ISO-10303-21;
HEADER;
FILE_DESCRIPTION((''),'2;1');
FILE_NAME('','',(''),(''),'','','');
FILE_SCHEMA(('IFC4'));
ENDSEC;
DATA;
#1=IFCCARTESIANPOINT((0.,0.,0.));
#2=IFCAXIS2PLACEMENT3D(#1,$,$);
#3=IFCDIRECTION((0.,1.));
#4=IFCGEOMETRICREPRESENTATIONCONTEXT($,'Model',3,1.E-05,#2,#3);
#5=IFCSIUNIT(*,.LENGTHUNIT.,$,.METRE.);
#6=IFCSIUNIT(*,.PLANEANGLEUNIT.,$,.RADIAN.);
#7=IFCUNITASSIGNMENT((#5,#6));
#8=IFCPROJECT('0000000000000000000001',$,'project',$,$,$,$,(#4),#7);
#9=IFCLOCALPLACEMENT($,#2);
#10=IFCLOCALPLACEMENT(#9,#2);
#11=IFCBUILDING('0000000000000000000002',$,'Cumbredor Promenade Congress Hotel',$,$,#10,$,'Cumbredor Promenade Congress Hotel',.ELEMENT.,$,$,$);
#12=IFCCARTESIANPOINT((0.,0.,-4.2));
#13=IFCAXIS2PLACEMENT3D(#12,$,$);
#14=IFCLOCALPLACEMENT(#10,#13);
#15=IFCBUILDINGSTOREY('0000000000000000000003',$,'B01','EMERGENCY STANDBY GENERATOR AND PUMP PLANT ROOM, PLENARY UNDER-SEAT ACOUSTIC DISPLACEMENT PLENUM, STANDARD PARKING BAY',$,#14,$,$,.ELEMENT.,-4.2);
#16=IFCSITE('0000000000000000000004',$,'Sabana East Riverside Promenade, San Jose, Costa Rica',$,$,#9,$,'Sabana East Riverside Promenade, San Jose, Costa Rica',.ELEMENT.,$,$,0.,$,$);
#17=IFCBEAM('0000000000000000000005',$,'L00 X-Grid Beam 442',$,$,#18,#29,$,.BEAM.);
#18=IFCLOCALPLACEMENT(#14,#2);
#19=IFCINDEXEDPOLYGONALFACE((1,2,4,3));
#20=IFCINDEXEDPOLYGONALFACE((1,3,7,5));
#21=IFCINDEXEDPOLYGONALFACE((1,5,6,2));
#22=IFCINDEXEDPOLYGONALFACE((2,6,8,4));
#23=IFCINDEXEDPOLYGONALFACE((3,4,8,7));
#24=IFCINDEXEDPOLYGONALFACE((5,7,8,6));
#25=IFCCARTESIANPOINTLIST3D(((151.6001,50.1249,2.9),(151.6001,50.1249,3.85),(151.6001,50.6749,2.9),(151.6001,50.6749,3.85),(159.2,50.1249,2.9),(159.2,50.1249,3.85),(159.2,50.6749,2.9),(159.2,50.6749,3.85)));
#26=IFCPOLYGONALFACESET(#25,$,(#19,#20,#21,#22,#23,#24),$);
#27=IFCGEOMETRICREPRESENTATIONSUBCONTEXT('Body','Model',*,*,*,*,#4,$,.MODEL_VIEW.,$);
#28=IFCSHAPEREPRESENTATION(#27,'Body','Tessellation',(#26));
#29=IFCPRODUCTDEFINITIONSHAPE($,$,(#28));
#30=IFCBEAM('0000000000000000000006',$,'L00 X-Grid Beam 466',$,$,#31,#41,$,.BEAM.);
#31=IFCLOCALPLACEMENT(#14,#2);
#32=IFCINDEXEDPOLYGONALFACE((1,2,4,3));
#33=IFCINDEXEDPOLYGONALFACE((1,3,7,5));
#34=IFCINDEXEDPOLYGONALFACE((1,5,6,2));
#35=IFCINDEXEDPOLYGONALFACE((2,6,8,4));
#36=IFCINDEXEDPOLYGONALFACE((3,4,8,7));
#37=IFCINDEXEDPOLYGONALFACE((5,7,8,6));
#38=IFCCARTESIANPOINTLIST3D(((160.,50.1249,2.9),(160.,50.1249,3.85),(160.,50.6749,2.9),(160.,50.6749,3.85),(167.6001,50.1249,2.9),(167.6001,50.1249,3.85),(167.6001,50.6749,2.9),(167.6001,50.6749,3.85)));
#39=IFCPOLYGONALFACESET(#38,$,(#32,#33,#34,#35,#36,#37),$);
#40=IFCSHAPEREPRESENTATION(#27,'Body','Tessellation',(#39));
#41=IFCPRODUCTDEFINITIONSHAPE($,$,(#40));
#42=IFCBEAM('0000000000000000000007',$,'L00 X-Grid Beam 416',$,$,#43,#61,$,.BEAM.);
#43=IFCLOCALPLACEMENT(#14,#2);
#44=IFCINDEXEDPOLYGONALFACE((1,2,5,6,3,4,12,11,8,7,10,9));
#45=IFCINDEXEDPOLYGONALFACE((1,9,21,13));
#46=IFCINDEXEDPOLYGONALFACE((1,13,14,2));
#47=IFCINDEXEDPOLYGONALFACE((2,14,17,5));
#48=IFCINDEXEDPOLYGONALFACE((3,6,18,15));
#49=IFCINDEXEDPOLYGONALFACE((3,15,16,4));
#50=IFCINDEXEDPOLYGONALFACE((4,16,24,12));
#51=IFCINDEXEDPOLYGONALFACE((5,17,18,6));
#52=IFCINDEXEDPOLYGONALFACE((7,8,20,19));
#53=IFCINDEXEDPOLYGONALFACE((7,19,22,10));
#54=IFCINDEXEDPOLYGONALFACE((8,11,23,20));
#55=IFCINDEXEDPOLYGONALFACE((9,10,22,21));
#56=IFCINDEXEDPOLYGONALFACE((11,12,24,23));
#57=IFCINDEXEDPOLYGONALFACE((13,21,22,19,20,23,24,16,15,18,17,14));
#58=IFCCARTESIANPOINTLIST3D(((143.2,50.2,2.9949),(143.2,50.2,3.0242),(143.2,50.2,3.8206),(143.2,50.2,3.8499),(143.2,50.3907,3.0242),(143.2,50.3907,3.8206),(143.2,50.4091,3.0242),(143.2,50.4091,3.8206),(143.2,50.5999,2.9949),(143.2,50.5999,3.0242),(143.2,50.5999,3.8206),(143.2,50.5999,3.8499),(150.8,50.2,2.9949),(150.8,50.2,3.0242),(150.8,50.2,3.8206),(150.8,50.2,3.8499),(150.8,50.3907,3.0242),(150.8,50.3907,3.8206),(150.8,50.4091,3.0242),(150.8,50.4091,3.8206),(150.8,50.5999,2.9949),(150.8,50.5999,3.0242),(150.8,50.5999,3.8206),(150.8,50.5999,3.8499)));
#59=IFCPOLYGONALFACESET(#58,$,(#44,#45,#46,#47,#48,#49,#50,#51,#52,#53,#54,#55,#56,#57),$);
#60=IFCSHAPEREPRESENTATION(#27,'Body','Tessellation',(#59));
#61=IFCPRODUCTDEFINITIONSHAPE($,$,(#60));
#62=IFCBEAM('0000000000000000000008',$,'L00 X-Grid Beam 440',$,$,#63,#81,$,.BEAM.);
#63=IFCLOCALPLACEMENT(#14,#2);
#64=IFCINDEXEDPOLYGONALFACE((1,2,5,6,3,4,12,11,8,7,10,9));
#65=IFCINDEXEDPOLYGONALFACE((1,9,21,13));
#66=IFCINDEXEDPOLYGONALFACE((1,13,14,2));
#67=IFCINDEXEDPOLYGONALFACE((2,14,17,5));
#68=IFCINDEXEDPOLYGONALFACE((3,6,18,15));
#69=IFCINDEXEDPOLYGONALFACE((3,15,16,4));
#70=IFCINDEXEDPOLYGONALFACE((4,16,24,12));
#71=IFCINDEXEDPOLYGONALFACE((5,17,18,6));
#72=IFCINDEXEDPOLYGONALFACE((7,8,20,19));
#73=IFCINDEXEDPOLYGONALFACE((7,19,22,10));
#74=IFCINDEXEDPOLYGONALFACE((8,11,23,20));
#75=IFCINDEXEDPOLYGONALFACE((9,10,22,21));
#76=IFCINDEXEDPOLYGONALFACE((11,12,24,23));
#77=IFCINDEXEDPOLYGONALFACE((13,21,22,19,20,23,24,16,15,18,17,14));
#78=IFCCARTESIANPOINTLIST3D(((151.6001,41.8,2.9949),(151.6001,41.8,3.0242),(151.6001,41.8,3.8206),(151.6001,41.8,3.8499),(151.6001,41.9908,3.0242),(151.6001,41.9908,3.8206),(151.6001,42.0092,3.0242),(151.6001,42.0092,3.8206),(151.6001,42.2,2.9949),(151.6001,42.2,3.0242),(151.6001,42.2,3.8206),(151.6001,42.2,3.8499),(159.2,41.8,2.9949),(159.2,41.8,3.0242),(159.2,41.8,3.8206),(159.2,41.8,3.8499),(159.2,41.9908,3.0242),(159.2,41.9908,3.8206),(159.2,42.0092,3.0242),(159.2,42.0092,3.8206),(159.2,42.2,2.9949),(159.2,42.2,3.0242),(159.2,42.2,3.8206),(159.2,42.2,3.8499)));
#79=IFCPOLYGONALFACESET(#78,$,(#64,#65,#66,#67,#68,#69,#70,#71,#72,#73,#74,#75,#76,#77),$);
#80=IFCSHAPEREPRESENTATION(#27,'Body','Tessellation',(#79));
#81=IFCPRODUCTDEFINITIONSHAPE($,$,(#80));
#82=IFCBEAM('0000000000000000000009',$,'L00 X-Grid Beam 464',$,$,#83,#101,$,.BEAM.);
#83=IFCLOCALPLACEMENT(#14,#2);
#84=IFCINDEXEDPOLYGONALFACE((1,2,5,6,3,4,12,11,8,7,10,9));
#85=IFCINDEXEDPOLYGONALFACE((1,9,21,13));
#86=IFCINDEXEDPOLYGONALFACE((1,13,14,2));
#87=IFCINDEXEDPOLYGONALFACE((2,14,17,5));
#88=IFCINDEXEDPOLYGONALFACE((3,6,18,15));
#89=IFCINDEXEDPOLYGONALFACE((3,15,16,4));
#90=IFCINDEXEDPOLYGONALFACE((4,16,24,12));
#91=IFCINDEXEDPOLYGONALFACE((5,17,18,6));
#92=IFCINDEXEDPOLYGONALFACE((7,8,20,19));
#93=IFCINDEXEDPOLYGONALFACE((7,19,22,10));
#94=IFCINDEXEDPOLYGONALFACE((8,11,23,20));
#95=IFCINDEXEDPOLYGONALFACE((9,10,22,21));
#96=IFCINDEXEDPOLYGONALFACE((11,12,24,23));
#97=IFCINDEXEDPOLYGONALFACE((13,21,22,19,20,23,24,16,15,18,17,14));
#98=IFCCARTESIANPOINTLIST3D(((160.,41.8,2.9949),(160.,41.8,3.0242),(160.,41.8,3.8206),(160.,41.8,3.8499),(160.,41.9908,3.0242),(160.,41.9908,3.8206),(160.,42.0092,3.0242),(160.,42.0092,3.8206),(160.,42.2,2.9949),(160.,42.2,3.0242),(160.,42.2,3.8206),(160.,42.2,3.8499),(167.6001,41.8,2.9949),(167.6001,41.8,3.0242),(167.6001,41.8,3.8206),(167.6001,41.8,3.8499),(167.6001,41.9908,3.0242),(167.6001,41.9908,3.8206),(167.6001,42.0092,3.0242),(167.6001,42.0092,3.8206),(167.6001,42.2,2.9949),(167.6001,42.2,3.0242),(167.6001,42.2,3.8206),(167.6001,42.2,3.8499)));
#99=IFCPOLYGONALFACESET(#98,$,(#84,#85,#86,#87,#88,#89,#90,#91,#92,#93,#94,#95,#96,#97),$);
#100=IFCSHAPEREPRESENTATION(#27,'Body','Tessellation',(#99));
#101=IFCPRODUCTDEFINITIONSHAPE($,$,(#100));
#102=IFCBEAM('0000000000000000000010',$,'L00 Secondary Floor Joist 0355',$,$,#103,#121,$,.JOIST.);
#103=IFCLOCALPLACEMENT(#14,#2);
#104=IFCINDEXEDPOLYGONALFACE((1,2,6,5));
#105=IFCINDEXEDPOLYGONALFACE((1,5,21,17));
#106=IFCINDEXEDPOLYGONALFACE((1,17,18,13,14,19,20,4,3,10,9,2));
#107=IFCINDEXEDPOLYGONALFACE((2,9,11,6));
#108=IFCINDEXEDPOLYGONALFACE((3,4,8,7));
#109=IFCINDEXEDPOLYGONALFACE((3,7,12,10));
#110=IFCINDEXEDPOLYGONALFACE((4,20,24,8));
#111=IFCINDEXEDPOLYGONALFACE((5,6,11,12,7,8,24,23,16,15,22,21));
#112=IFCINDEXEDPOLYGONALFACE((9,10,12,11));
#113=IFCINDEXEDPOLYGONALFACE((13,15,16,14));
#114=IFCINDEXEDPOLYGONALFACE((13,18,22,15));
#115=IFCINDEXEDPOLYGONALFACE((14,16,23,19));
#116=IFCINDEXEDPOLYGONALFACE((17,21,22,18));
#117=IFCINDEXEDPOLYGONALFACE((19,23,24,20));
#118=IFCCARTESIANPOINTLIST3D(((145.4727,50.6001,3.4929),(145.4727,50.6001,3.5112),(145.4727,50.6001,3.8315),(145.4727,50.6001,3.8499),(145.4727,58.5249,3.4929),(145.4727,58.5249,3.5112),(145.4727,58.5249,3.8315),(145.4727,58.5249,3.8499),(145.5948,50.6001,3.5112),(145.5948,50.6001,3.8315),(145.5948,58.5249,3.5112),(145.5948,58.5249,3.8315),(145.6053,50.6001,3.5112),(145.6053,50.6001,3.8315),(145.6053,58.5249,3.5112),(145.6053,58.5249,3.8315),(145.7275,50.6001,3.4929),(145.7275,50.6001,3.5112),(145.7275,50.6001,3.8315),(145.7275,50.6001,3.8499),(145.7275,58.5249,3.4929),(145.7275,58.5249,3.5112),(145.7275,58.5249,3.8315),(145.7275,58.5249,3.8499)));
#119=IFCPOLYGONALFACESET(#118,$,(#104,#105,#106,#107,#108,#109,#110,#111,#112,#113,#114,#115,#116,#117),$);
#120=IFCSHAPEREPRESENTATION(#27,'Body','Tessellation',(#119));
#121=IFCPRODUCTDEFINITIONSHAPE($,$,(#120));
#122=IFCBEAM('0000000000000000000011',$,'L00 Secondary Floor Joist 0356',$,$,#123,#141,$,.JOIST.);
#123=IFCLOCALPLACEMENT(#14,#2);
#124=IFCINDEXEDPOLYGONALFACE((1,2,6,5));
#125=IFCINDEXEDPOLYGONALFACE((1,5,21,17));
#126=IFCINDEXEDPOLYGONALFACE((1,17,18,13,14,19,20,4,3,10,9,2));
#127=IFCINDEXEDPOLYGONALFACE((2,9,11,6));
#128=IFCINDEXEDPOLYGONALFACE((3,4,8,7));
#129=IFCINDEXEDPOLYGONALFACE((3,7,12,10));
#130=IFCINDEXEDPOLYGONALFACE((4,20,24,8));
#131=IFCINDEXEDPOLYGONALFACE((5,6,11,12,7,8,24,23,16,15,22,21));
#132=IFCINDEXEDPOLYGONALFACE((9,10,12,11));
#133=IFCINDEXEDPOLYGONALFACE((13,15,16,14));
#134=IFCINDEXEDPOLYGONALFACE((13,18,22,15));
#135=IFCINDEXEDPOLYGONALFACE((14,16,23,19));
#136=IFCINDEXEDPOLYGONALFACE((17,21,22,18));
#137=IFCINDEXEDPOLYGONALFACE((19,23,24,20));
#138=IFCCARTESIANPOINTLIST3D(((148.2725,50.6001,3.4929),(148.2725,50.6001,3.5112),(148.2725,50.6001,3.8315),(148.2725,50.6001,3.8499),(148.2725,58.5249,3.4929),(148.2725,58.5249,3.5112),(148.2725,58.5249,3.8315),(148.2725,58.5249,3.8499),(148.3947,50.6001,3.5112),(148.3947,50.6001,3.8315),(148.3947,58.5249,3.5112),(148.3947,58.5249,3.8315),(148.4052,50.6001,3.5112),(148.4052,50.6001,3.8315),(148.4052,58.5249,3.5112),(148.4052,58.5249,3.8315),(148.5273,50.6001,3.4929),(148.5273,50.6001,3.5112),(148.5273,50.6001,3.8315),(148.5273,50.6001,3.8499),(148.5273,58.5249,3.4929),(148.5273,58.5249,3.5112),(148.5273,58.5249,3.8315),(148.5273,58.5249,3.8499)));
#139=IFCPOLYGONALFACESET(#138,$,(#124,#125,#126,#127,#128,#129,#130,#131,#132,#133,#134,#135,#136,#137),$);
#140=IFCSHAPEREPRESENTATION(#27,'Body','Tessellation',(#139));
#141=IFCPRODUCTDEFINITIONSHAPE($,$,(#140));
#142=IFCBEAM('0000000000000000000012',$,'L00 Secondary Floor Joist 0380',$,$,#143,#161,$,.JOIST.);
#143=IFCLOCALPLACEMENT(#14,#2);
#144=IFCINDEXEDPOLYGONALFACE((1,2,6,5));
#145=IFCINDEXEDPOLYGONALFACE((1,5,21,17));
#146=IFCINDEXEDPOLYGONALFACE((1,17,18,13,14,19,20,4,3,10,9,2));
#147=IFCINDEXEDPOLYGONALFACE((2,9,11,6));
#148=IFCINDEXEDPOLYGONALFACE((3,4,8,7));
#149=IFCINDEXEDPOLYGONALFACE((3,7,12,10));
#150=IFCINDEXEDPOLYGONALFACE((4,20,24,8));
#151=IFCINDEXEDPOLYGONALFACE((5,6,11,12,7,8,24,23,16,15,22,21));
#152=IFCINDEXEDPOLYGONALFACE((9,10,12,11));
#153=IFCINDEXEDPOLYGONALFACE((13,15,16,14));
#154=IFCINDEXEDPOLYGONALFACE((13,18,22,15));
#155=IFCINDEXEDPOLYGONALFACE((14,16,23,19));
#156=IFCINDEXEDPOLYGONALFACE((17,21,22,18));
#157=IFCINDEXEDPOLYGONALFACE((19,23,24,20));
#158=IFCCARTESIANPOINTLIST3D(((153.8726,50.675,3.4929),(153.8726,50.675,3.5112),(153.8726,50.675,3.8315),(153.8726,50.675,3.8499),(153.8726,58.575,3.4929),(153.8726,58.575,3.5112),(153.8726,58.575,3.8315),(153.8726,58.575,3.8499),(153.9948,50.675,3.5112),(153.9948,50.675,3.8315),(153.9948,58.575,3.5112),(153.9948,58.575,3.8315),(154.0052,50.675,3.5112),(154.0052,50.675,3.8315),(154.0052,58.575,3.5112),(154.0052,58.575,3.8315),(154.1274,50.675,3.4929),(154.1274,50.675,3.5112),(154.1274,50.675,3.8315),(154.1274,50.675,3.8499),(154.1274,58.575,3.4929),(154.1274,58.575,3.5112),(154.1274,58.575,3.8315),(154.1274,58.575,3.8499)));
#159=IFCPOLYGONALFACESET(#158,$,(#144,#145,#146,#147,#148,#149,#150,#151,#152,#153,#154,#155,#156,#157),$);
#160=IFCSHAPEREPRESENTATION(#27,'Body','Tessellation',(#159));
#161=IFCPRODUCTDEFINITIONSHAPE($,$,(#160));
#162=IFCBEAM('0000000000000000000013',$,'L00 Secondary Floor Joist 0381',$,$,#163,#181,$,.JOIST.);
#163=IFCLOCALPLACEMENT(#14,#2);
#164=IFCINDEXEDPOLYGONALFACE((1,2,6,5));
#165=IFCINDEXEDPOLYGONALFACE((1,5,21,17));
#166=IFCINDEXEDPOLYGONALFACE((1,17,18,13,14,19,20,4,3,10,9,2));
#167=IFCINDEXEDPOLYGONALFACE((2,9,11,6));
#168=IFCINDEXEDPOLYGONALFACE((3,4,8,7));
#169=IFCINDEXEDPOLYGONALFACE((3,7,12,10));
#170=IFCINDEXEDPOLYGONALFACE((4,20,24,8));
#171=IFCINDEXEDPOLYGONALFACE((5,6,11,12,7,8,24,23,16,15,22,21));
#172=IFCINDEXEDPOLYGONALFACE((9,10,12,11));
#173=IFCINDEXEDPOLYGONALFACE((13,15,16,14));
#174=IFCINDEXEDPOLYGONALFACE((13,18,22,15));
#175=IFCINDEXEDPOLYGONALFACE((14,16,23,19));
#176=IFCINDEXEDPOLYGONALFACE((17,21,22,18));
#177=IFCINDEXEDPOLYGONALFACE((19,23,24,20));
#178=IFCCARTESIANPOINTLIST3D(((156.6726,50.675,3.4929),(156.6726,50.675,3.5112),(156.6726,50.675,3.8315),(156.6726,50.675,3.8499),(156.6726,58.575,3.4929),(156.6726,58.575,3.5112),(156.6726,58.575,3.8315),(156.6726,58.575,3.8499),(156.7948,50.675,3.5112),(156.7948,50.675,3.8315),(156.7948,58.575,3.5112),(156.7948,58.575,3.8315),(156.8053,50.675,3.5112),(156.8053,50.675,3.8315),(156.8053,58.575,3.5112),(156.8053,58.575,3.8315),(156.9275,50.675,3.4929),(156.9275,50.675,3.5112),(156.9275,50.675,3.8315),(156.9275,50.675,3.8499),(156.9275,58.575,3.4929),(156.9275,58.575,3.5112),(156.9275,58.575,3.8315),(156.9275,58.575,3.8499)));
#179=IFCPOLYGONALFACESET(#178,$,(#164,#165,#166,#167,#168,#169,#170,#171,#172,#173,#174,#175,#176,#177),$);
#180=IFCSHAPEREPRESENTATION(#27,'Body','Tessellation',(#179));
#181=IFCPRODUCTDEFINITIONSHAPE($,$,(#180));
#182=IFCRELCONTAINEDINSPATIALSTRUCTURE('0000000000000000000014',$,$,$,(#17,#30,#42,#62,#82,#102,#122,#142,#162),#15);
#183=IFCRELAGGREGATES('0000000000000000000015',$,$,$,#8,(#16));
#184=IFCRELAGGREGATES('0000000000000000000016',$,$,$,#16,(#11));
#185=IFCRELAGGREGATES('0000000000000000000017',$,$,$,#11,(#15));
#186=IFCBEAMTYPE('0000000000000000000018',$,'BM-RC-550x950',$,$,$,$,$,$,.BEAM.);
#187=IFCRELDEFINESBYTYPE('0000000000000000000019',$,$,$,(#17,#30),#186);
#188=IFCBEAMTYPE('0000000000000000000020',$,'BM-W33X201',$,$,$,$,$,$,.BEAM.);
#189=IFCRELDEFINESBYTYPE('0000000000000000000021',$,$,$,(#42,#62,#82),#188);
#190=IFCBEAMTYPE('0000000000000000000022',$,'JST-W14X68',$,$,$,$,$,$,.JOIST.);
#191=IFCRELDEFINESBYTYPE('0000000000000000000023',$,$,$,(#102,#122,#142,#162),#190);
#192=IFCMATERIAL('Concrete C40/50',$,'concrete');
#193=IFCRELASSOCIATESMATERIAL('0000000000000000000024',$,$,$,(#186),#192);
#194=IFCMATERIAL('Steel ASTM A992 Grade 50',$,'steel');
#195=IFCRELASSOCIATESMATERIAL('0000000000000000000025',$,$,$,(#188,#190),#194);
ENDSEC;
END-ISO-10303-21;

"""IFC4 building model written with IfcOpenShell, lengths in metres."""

from ifc_helpers import new_model, si_unit, direction, frame, origin, origin_2d, place, context, subcontext, project, spatial, rectangle, i_section, extrude, material, material_profile, profile_set, type_object, element, save


model = new_model("IFC4")

# Units and contexts
model_context = context("Model", 3, precision=1e-05, world=origin(), true_north=direction((0.0, 1.0)))
body_context = subcontext(model_context, "Body", "Model", "MODEL_VIEW")
ifc_project = project(units=[si_unit("LENGTHUNIT", "METRE"), si_unit("PLANEANGLEUNIT", "RADIAN")], contexts=[model_context])

# Site, building, storey
site_placement = place(None, origin())
site = spatial("IfcSite", under=ifc_project, at=site_placement, Name="Sabana East Riverside Promenade, San Jose, Costa Rica", LongName="Sabana East Riverside Promenade, San Jose, Costa Rica", CompositionType="ELEMENT", RefElevation=0.0)
building_placement = place(site_placement, origin())
building = spatial("IfcBuilding", under=site, at=building_placement, Name="Cumbredor Promenade Congress Hotel", LongName="Cumbredor Promenade Congress Hotel", CompositionType="ELEMENT")
storey_placement = place(building_placement, frame((0.0, 0.0, -4.2)))
storey = spatial("IfcBuildingStorey", under=building, at=storey_placement, Name="B01", Description="EMERGENCY STANDBY GENERATOR AND PUMP PLANT ROOM, PLENARY UNDER-SEAT ACOUSTIC DISPLACEMENT PLENUM, STANDARD PARKING BAY", CompositionType="ELEMENT", Elevation=-4.2)

# Beams
ifc_material_1 = material(Name="Concrete C40/50", Category="concrete")
ifc_material_profile_1 = material_profile(ifc_material_1, rectangle(XDim=0.55, YDim=0.95, at=origin_2d()), Name="RC BEAM 550x950")
ifc_profile_set_1 = profile_set([ifc_material_profile_1], Name="Concrete C40/50")
beam_type_1 = type_object("IfcBeamType", Name="BM-RC-550x950", PredefinedType="BEAM", material=ifc_profile_set_1)
beam_1_placement = place(storey_placement, frame((151.6001, 50.3999, 3.375), z_axis=(1.0, 0.0, 0.0), x_axis=(0.0, 1.0, 0.0)))
element("IfcBeam", 1, at=beam_1_placement, inside=storey, type_object=beam_type_1, Name="L00 X-Grid Beam 442", PredefinedType="BEAM", context=body_context, shape_type="SweptSolid", body=[
    extrude(rectangle(XDim=0.55, YDim=0.95, at=origin_2d()), origin(), (0.0, 0.0, 1.0), 7.5999),
])
beam_2_placement = place(storey_placement, frame((160.0, 50.3999, 3.375), z_axis=(1.0, 0.0, 0.0), x_axis=(0.0, 1.0, 0.0)))
element("IfcBeam", 2, at=beam_2_placement, inside=storey, type_object=beam_type_1, Name="L00 X-Grid Beam 466", PredefinedType="BEAM", context=body_context, shape_type="SweptSolid", body=[
    extrude(rectangle(XDim=0.55, YDim=0.95, at=origin_2d()), origin(), (0.0, 0.0, 1.0), 7.6001),
])
ifc_material_2 = material(Name="Steel ASTM A992 Grade 50", Category="steel")
ifc_material_profile_2 = material_profile(ifc_material_2, i_section(OverallWidth=0.3999, OverallDepth=0.855, WebThickness=0.0183, FlangeThickness=0.0293, at=origin_2d()), Name="W33X201")
ifc_profile_set_2 = profile_set([ifc_material_profile_2], Name="Steel ASTM A992 Grade 50")
beam_type_2 = type_object("IfcBeamType", Name="BM-W33X201", PredefinedType="BEAM", material=ifc_profile_set_2)
beam_3_placement = place(storey_placement, frame((143.2, 50.3999, 3.4224), z_axis=(1.0, 0.0, 0.0), x_axis=(0.0, 1.0, 0.0)))
element("IfcBeam", 3, at=beam_3_placement, inside=storey, type_object=beam_type_2, Name="L00 X-Grid Beam 416", PredefinedType="BEAM", context=body_context, shape_type="SweptSolid", body=[
    extrude(i_section(OverallWidth=0.3999, OverallDepth=0.855, WebThickness=0.0183, FlangeThickness=0.0293, at=origin_2d()), origin(), (0.0, 0.0, 1.0), 7.6001),
])
beam_4_placement = place(storey_placement, frame((151.6001, 42.0, 3.4224), z_axis=(1.0, 0.0, 0.0), x_axis=(0.0, 1.0, 0.0)))
element("IfcBeam", 4, at=beam_4_placement, inside=storey, type_object=beam_type_2, Name="L00 X-Grid Beam 440", PredefinedType="BEAM", context=body_context, shape_type="SweptSolid", body=[
    extrude(i_section(OverallWidth=0.3999, OverallDepth=0.855, WebThickness=0.0183, FlangeThickness=0.0293, at=origin_2d()), origin(), (0.0, 0.0, 1.0), 7.5999),
])
beam_5_placement = place(storey_placement, frame((160.0, 42.0, 3.4224), z_axis=(1.0, 0.0, 0.0), x_axis=(0.0, 1.0, 0.0)))
element("IfcBeam", 5, at=beam_5_placement, inside=storey, type_object=beam_type_2, Name="L00 X-Grid Beam 464", PredefinedType="BEAM", context=body_context, shape_type="SweptSolid", body=[
    extrude(i_section(OverallWidth=0.3999, OverallDepth=0.855, WebThickness=0.0183, FlangeThickness=0.0293, at=origin_2d()), origin(), (0.0, 0.0, 1.0), 7.6001),
])
ifc_material_profile_3 = material_profile(ifc_material_2, i_section(OverallWidth=0.2549, OverallDepth=0.3569, WebThickness=0.0105, FlangeThickness=0.0183, at=origin_2d()), Name="W14X68")
ifc_profile_set_3 = profile_set([ifc_material_profile_3], Name="Steel ASTM A992 Grade 50")
beam_type_3 = type_object("IfcBeamType", Name="JST-W14X68", PredefinedType="JOIST", material=ifc_profile_set_3)
for number, where, z_axis, x_axis, name in (
    (6, (145.6001, 50.6001, 3.6714), (0.0, 1.0, 0.0), (-1.0, 0.0, 0.0), "L00 Secondary Floor Joist 0355"),
    (7, (148.3999, 50.6001, 3.6714), (0.0, 1.0, 0.0), (-1.0, 0.0, 0.0), "L00 Secondary Floor Joist 0356"),
):
    element("IfcBeam", number, at=place(storey_placement, frame(where, z_axis=z_axis, x_axis=x_axis)), inside=storey, type_object=beam_type_3, Name=name, PredefinedType="JOIST", context=body_context, shape_type="SweptSolid", body=[
        extrude(i_section(OverallWidth=0.2549, OverallDepth=0.3569, WebThickness=0.0105, FlangeThickness=0.0183, at=origin_2d()), origin(), (0.0, 0.0, 1.0), 7.9248),
    ])
for number, where, z_axis, x_axis, name in (
    (8, (154.0, 50.675, 3.6714), (0.0, 1.0, 0.0), (-1.0, 0.0, 0.0), "L00 Secondary Floor Joist 0380"),
    (9, (156.8, 50.675, 3.6714), (0.0, 1.0, 0.0), (-1.0, 0.0, 0.0), "L00 Secondary Floor Joist 0381"),
):
    element("IfcBeam", number, at=place(storey_placement, frame(where, z_axis=z_axis, x_axis=x_axis)), inside=storey, type_object=beam_type_3, Name=name, PredefinedType="JOIST", context=body_context, shape_type="SweptSolid", body=[
        extrude(i_section(OverallWidth=0.2549, OverallDepth=0.3569, WebThickness=0.0105, FlangeThickness=0.0183, at=origin_2d()), origin(), (0.0, 0.0, 1.0), 7.8999),
    ])

save(model, "model.ifc")
